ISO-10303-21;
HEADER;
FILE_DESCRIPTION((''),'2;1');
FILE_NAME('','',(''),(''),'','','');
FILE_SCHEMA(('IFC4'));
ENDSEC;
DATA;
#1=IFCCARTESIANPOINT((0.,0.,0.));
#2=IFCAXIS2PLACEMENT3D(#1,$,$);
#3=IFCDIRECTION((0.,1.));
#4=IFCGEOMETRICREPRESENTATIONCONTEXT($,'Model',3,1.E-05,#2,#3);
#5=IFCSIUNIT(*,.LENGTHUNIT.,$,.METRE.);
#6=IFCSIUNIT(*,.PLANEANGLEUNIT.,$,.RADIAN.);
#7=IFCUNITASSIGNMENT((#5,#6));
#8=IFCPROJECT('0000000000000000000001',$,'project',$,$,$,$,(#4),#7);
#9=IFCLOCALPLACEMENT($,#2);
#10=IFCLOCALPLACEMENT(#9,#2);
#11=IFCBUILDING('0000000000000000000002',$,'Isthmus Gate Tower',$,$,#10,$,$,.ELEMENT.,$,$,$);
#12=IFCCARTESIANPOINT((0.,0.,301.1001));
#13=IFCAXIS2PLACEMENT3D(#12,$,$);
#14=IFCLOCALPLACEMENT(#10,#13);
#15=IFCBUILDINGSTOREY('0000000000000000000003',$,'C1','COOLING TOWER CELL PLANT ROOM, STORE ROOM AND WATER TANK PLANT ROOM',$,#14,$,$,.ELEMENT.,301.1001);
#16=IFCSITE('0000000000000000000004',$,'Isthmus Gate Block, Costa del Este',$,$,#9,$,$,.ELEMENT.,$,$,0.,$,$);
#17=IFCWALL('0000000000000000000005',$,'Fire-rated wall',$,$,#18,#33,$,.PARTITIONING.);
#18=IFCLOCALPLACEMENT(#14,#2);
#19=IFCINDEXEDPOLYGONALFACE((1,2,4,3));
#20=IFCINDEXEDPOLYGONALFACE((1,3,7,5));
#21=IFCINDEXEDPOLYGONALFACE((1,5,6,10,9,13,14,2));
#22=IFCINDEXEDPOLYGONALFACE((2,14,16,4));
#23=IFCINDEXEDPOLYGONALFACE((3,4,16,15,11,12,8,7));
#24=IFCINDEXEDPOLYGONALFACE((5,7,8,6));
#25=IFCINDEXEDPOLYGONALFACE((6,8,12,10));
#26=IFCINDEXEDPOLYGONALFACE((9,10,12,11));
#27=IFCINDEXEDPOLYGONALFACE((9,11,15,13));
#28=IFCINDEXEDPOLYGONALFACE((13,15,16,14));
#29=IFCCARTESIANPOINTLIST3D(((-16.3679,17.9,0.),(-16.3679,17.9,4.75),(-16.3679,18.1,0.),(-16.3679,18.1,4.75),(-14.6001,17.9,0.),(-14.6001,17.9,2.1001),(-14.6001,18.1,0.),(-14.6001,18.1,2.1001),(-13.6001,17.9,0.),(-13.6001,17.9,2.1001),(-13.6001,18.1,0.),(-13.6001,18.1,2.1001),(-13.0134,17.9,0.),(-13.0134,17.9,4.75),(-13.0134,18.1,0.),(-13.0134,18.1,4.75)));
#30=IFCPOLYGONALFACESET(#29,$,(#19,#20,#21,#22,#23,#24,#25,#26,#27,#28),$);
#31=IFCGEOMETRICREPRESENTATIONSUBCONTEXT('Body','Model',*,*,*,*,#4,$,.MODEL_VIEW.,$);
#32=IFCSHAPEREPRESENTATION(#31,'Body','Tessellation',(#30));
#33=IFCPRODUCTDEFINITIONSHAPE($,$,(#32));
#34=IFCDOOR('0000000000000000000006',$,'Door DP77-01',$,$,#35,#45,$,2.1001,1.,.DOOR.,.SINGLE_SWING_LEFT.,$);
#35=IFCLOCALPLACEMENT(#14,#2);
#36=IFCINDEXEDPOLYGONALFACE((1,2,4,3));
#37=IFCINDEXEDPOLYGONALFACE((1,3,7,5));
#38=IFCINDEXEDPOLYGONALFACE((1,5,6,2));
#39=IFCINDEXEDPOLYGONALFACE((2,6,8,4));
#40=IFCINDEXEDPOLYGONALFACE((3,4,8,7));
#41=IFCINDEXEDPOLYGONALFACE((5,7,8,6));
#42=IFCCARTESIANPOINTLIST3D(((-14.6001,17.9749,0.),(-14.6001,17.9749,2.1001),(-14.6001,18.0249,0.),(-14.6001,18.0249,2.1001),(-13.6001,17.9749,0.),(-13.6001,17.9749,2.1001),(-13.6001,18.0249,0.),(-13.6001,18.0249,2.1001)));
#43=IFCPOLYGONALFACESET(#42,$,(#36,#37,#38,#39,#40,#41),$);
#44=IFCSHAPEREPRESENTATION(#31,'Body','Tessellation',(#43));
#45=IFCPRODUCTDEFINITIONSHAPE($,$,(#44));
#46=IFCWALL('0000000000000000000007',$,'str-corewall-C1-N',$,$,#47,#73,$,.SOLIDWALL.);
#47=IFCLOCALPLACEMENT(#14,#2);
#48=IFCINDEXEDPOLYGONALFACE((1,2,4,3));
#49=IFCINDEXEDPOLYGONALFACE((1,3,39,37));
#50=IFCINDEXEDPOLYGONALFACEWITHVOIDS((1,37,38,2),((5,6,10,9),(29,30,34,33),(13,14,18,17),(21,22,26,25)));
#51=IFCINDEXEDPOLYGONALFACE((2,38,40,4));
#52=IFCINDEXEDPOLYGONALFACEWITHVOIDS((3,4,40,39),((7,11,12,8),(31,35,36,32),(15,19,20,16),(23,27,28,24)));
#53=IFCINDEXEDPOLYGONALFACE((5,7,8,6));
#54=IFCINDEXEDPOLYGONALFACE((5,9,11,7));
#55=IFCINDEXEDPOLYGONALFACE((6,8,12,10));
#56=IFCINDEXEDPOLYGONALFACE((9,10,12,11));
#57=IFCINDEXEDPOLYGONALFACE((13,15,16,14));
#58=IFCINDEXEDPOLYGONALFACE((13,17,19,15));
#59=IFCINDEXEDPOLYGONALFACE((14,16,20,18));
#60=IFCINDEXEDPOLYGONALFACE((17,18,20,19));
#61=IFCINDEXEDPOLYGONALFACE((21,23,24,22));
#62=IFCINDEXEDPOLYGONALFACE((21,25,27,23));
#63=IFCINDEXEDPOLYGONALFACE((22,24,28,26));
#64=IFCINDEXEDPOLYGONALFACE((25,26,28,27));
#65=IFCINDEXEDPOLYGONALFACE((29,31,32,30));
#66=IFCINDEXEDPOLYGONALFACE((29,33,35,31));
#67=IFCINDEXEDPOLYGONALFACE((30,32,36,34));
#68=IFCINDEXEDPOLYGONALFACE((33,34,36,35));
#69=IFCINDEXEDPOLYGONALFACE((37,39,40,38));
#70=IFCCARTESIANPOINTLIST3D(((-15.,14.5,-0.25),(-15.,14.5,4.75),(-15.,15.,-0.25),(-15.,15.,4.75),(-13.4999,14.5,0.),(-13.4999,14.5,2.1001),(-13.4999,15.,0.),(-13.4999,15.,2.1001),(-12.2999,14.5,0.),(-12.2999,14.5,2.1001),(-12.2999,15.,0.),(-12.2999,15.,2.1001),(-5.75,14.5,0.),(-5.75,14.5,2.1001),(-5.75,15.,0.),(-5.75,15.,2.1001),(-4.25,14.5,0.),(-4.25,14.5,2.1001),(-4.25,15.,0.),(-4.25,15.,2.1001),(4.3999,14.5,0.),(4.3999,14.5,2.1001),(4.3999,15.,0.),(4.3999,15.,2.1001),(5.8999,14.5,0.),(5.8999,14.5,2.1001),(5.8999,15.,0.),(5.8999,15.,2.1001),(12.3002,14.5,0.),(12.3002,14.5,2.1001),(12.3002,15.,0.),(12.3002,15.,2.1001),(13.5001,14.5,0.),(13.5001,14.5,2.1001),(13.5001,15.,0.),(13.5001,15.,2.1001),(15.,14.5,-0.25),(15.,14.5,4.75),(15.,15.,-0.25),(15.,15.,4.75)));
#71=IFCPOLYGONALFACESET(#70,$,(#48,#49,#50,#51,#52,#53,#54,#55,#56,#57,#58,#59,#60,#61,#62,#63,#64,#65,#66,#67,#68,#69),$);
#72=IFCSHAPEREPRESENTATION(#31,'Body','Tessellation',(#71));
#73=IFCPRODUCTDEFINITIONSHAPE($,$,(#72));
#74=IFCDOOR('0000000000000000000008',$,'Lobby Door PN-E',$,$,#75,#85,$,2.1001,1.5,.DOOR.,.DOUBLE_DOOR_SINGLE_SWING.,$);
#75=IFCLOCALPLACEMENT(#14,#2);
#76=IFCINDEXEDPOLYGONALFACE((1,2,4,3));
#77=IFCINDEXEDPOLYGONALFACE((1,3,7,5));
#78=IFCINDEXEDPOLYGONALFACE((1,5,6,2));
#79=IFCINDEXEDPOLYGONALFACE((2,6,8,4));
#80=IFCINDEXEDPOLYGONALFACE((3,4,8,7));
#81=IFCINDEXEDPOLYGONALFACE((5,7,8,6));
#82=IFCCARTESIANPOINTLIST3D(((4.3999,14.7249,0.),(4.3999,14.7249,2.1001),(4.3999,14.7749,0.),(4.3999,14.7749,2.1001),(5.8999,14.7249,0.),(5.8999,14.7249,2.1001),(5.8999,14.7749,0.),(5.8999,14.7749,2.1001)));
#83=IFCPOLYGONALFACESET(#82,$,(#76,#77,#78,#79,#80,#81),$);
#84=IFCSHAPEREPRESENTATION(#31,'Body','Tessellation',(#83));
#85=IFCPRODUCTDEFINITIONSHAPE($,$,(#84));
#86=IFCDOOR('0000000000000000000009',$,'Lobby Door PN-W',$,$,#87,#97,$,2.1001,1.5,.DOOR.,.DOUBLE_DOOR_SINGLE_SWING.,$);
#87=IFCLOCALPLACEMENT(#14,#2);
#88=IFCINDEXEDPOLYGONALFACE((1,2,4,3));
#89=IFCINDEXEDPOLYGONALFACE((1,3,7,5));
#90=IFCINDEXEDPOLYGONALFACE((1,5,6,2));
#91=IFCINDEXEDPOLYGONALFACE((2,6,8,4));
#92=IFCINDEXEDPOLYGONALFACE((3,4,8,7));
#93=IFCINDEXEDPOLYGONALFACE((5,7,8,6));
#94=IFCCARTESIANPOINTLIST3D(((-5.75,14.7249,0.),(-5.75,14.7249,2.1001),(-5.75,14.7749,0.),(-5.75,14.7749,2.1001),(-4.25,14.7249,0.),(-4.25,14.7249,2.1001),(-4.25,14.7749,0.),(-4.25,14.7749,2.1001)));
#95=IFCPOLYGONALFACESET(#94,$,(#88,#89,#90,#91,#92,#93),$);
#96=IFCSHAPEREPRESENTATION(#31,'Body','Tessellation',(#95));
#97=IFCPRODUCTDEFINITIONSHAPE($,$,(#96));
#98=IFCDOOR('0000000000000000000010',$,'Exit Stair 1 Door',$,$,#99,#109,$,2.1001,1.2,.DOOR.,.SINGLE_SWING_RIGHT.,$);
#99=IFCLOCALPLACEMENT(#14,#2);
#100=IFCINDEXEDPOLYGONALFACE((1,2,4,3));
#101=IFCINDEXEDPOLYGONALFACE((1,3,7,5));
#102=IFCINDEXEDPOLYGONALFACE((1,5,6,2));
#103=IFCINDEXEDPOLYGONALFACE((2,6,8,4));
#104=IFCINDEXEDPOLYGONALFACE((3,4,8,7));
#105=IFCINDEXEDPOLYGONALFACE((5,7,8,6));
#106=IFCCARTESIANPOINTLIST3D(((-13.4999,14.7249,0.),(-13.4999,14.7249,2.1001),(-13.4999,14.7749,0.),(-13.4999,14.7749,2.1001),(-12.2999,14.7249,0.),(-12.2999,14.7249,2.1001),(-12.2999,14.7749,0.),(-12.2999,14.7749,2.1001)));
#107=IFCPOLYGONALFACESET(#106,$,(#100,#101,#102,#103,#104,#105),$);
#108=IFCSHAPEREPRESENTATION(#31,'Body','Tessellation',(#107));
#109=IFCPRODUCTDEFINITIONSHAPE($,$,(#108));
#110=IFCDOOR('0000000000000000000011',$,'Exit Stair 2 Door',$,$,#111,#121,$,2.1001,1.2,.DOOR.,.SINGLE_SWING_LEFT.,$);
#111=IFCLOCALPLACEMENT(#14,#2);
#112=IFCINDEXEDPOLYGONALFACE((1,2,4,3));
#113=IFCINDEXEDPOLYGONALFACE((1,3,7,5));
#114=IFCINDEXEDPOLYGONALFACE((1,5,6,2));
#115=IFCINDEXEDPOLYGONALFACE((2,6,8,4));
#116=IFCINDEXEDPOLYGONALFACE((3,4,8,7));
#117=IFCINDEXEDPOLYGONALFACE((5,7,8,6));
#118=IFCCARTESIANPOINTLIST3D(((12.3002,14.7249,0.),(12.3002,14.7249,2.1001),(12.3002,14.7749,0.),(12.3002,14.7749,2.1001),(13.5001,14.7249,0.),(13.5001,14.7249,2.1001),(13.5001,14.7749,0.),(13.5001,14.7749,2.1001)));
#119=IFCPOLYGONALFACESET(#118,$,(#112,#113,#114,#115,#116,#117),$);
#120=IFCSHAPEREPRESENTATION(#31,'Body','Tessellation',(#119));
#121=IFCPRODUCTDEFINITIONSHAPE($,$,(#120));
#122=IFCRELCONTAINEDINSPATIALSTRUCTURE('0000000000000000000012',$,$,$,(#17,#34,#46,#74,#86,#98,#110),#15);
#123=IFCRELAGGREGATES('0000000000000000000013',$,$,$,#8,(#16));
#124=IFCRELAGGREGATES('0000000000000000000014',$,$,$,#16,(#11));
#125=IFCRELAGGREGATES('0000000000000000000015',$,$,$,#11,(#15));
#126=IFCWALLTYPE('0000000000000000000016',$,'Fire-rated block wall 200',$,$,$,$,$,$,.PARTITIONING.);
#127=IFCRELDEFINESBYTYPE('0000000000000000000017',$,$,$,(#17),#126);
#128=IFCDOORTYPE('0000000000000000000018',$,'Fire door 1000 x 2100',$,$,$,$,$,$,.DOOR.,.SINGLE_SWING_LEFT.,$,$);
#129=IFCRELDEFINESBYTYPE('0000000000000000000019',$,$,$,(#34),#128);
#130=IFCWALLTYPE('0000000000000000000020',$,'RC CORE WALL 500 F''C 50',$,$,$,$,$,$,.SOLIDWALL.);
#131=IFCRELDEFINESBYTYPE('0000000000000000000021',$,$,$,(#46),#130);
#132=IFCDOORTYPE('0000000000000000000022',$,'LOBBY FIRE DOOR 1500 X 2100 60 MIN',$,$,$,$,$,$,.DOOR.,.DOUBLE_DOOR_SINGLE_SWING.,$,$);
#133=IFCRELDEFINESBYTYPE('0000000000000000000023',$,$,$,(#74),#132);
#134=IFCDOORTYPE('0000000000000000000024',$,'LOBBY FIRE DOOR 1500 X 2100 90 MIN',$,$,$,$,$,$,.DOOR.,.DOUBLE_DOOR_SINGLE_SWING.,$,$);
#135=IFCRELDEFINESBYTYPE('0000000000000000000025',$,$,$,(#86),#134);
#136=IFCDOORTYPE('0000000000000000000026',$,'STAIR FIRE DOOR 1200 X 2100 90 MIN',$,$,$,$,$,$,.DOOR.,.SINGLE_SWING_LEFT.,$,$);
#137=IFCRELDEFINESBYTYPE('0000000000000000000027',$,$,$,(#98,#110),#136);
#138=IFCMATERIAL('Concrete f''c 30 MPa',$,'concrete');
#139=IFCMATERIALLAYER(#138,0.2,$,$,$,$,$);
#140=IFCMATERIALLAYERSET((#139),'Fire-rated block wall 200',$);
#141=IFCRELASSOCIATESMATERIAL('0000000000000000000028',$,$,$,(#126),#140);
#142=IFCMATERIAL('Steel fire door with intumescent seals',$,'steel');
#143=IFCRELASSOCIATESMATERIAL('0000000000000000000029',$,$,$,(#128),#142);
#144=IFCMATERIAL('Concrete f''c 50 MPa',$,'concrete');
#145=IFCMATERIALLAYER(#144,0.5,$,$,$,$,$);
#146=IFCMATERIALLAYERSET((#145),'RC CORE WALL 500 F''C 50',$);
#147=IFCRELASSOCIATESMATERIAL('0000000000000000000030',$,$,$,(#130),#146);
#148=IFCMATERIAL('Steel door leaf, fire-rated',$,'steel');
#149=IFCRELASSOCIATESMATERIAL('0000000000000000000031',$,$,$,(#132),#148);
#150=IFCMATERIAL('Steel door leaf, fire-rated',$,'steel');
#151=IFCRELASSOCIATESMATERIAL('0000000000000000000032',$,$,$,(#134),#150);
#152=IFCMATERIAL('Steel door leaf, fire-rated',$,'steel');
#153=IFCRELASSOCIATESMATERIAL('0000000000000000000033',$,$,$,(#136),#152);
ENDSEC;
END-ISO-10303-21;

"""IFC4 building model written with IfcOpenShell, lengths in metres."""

from ifc_helpers import new_model, si_unit, direction, frame, frame_2d, origin, place, context, subcontext, project, spatial, rectangle, extrude, material, layer, layer_set, type_object, element, fill, save


model = new_model("IFC4")

# Units and contexts
model_context = context("Model", 3, precision=1e-05, world=origin(), true_north=direction((0.0, 1.0)))
body_context = subcontext(model_context, "Body", "Model", "MODEL_VIEW")
ifc_project = project(units=[si_unit("LENGTHUNIT", "METRE"), si_unit("PLANEANGLEUNIT", "RADIAN")], contexts=[model_context])

# Site, building, storey
site_placement = place(None, origin())
site = spatial("IfcSite", under=ifc_project, at=site_placement, Name="Isthmus Gate Block, Costa del Este", CompositionType="ELEMENT", RefElevation=0.0)
building_placement = place(site_placement, origin())
building = spatial("IfcBuilding", under=site, at=building_placement, Name="Isthmus Gate Tower", CompositionType="ELEMENT")
storey_placement = place(building_placement, frame((0.0, 0.0, 301.1001)))
storey = spatial("IfcBuildingStorey", under=building, at=storey_placement, Name="C1", Description="COOLING TOWER CELL PLANT ROOM, STORE ROOM AND WATER TANK PLANT ROOM", CompositionType="ELEMENT", Elevation=301.1001)

# Wall, opening, door
ifc_material_1 = material(Name="Concrete f'c 30 MPa", Category="concrete")
ifc_layer_1 = layer(ifc_material_1, 0.2)
ifc_layer_set_1 = layer_set([ifc_layer_1], Name="Fire-rated block wall 200")
wall_type_1 = type_object("IfcWallType", Name="Fire-rated block wall 200", PredefinedType="PARTITIONING", material=ifc_layer_set_1)
wall_1_placement = place(storey_placement, frame((-16.3679, 18.0, 0.0), z_axis=(0.0, 0.0, 1.0), x_axis=(1.0, 0.0, 0.0)))
wall_1 = element("IfcWall", 1, at=wall_1_placement, inside=storey, type_object=wall_type_1, Name="Fire-rated wall", PredefinedType="PARTITIONING", context=body_context, shape_type="SweptSolid", body=[
    extrude(rectangle(XDim=3.3545, YDim=0.2, at=frame_2d((1.6772, 0.0))), origin(), (0.0, 0.0, 1.0), 4.75),
])
opening_1_placement = place(wall_1_placement, frame((1.7678, 0.0, 0.0)))
opening_1 = element("IfcOpeningElement", 2, at=opening_1_placement, cuts=wall_1, PredefinedType="OPENING", context=body_context, shape_type="SweptSolid", body=[
    extrude(rectangle(XDim=1.0, YDim=2.1001, at=frame_2d((0.5, 1.05))), frame((0.0, 0.1099, 0.0), z_axis=(0.0, -1.0, 0.0), x_axis=(1.0, 0.0, 0.0)), (0.0, 0.0, 1.0), 0.22),
])
ifc_material_2 = material(Name="Steel fire door with intumescent seals", Category="steel")
door_type_1 = type_object("IfcDoorType", Name="Fire door 1000 x 2100", OperationType="SINGLE_SWING_LEFT", PredefinedType="DOOR", material=ifc_material_2)
door_1_placement = place(opening_1_placement, origin())
door_1 = element("IfcDoor", 3, at=door_1_placement, inside=storey, type_object=door_type_1, Name="Door DP77-01", OperationType="SINGLE_SWING_LEFT", OverallHeight=2.1001, OverallWidth=1.0, PredefinedType="DOOR", context=body_context, shape_type="SweptSolid", body=[
    extrude(rectangle(XDim=1.0, YDim=2.1001, at=frame_2d((0.5, 1.05))), frame((0.0, 0.0249, 0.0), z_axis=(0.0, -1.0, 0.0), x_axis=(1.0, 0.0, 0.0)), (0.0, 0.0, 1.0), 0.05),
])
fill(opening_1, door_1)

# Wall, openings, doors
ifc_material_3 = material(Name="Concrete f'c 50 MPa", Category="concrete")
ifc_layer_2 = layer(ifc_material_3, 0.5)
ifc_layer_set_2 = layer_set([ifc_layer_2], Name="RC CORE WALL 500 F'C 50")
wall_type_2 = type_object("IfcWallType", Name="RC CORE WALL 500 F'C 50", PredefinedType="SOLIDWALL", material=ifc_layer_set_2)
wall_2_placement = place(storey_placement, frame((-15.0, 14.75, -0.25), z_axis=(0.0, 0.0, 1.0), x_axis=(1.0, 0.0, 0.0)))
wall_2 = element("IfcWall", 4, at=wall_2_placement, inside=storey, type_object=wall_type_2, Name="str-corewall-C1-N", PredefinedType="SOLIDWALL", context=body_context, shape_type="SweptSolid", body=[
    extrude(rectangle(XDim=30.0, YDim=0.5, at=frame_2d((15.0, 0.0))), origin(), (0.0, 0.0, 1.0), 5.0),
])
opening_2_placement = place(wall_2_placement, frame((9.25, 0.0, 0.25)))
opening_2 = element("IfcOpeningElement", 5, at=opening_2_placement, cuts=wall_2, PredefinedType="OPENING", context=body_context, shape_type="SweptSolid", body=[
    extrude(rectangle(XDim=1.5, YDim=2.1001, at=frame_2d((0.75, 1.05))), frame((0.0, 0.26, 0.0), z_axis=(0.0, -1.0, 0.0), x_axis=(1.0, 0.0, 0.0)), (0.0, 0.0, 1.0), 0.52),
])
opening_3_placement = place(wall_2_placement, frame((19.3999, 0.0, 0.25)))
opening_3 = element("IfcOpeningElement", 6, at=opening_3_placement, cuts=wall_2, PredefinedType="OPENING", context=body_context, shape_type="SweptSolid", body=[
    extrude(rectangle(XDim=1.5, YDim=2.1001, at=frame_2d((0.75, 1.05))), frame((0.0, 0.26, 0.0), z_axis=(0.0, -1.0, 0.0), x_axis=(1.0, 0.0, 0.0)), (0.0, 0.0, 1.0), 0.52),
])
opening_4_placement = place(wall_2_placement, frame((1.5, 0.0, 0.25)))
opening_4 = element("IfcOpeningElement", 7, at=opening_4_placement, cuts=wall_2, PredefinedType="OPENING", context=body_context, shape_type="SweptSolid", body=[
    extrude(rectangle(XDim=1.2, YDim=2.1001, at=frame_2d((0.6001, 1.05))), frame((0.0, 0.26, 0.0), z_axis=(0.0, -1.0, 0.0), x_axis=(1.0, 0.0, 0.0)), (0.0, 0.0, 1.0), 0.52),
])
opening_5_placement = place(wall_2_placement, frame((27.3, 0.0, 0.25)))
opening_5 = element("IfcOpeningElement", 8, at=opening_5_placement, cuts=wall_2, PredefinedType="OPENING", context=body_context, shape_type="SweptSolid", body=[
    extrude(rectangle(XDim=1.2, YDim=2.1001, at=frame_2d((0.6001, 1.05))), frame((0.0, 0.26, 0.0), z_axis=(0.0, -1.0, 0.0), x_axis=(1.0, 0.0, 0.0)), (0.0, 0.0, 1.0), 0.52),
])
ifc_material_4 = material(Name="Steel door leaf, fire-rated", Category="steel")
door_type_2 = type_object("IfcDoorType", Name="LOBBY FIRE DOOR 1500 X 2100 60 MIN", OperationType="DOUBLE_DOOR_SINGLE_SWING", PredefinedType="DOOR", material=ifc_material_4)
door_2_placement = place(opening_3_placement, origin())
door_2 = element("IfcDoor", 9, at=door_2_placement, inside=storey, type_object=door_type_2, Name="Lobby Door PN-E", OperationType="DOUBLE_DOOR_SINGLE_SWING", OverallHeight=2.1001, OverallWidth=1.5, PredefinedType="DOOR", context=body_context, shape_type="SweptSolid", body=[
    extrude(rectangle(XDim=1.5, YDim=2.1001, at=frame_2d((0.75, 1.05))), frame((0.0, 0.0249, 0.0), z_axis=(0.0, -1.0, 0.0), x_axis=(1.0, 0.0, 0.0)), (0.0, 0.0, 1.0), 0.05),
])
fill(opening_3, door_2)
ifc_material_5 = material(Name="Steel door leaf, fire-rated", Category="steel")
door_type_3 = type_object("IfcDoorType", Name="LOBBY FIRE DOOR 1500 X 2100 90 MIN", OperationType="DOUBLE_DOOR_SINGLE_SWING", PredefinedType="DOOR", material=ifc_material_5)
door_3_placement = place(opening_2_placement, origin())
door_3 = element("IfcDoor", 10, at=door_3_placement, inside=storey, type_object=door_type_3, Name="Lobby Door PN-W", OperationType="DOUBLE_DOOR_SINGLE_SWING", OverallHeight=2.1001, OverallWidth=1.5, PredefinedType="DOOR", context=body_context, shape_type="SweptSolid", body=[
    extrude(rectangle(XDim=1.5, YDim=2.1001, at=frame_2d((0.75, 1.05))), frame((0.0, 0.0249, 0.0), z_axis=(0.0, -1.0, 0.0), x_axis=(1.0, 0.0, 0.0)), (0.0, 0.0, 1.0), 0.05),
])
fill(opening_2, door_3)
ifc_material_6 = material(Name="Steel door leaf, fire-rated", Category="steel")
door_type_4 = type_object("IfcDoorType", Name="STAIR FIRE DOOR 1200 X 2100 90 MIN", OperationType="SINGLE_SWING_LEFT", PredefinedType="DOOR", material=ifc_material_6)
door_4_placement = place(opening_4_placement, origin())
door_4 = element("IfcDoor", 11, at=door_4_placement, inside=storey, type_object=door_type_4, Name="Exit Stair 1 Door", OperationType="SINGLE_SWING_RIGHT", OverallHeight=2.1001, OverallWidth=1.2, PredefinedType="DOOR", context=body_context, shape_type="SweptSolid", body=[
    extrude(rectangle(XDim=1.2, YDim=2.1001, at=frame_2d((0.6001, 1.05))), frame((0.0, 0.0249, 0.0), z_axis=(0.0, -1.0, 0.0), x_axis=(1.0, 0.0, 0.0)), (0.0, 0.0, 1.0), 0.05),
])
fill(opening_4, door_4)
door_5_placement = place(opening_5_placement, origin())
door_5 = element("IfcDoor", 12, at=door_5_placement, inside=storey, type_object=door_type_4, Name="Exit Stair 2 Door", OperationType="SINGLE_SWING_LEFT", OverallHeight=2.1001, OverallWidth=1.2, PredefinedType="DOOR", context=body_context, shape_type="SweptSolid", body=[
    extrude(rectangle(XDim=1.2, YDim=2.1001, at=frame_2d((0.6001, 1.05))), frame((0.0, 0.0249, 0.0), z_axis=(0.0, -1.0, 0.0), x_axis=(1.0, 0.0, 0.0)), (0.0, 0.0, 1.0), 0.05),
])
fill(opening_5, door_5)

save(model, "model.ifc")
